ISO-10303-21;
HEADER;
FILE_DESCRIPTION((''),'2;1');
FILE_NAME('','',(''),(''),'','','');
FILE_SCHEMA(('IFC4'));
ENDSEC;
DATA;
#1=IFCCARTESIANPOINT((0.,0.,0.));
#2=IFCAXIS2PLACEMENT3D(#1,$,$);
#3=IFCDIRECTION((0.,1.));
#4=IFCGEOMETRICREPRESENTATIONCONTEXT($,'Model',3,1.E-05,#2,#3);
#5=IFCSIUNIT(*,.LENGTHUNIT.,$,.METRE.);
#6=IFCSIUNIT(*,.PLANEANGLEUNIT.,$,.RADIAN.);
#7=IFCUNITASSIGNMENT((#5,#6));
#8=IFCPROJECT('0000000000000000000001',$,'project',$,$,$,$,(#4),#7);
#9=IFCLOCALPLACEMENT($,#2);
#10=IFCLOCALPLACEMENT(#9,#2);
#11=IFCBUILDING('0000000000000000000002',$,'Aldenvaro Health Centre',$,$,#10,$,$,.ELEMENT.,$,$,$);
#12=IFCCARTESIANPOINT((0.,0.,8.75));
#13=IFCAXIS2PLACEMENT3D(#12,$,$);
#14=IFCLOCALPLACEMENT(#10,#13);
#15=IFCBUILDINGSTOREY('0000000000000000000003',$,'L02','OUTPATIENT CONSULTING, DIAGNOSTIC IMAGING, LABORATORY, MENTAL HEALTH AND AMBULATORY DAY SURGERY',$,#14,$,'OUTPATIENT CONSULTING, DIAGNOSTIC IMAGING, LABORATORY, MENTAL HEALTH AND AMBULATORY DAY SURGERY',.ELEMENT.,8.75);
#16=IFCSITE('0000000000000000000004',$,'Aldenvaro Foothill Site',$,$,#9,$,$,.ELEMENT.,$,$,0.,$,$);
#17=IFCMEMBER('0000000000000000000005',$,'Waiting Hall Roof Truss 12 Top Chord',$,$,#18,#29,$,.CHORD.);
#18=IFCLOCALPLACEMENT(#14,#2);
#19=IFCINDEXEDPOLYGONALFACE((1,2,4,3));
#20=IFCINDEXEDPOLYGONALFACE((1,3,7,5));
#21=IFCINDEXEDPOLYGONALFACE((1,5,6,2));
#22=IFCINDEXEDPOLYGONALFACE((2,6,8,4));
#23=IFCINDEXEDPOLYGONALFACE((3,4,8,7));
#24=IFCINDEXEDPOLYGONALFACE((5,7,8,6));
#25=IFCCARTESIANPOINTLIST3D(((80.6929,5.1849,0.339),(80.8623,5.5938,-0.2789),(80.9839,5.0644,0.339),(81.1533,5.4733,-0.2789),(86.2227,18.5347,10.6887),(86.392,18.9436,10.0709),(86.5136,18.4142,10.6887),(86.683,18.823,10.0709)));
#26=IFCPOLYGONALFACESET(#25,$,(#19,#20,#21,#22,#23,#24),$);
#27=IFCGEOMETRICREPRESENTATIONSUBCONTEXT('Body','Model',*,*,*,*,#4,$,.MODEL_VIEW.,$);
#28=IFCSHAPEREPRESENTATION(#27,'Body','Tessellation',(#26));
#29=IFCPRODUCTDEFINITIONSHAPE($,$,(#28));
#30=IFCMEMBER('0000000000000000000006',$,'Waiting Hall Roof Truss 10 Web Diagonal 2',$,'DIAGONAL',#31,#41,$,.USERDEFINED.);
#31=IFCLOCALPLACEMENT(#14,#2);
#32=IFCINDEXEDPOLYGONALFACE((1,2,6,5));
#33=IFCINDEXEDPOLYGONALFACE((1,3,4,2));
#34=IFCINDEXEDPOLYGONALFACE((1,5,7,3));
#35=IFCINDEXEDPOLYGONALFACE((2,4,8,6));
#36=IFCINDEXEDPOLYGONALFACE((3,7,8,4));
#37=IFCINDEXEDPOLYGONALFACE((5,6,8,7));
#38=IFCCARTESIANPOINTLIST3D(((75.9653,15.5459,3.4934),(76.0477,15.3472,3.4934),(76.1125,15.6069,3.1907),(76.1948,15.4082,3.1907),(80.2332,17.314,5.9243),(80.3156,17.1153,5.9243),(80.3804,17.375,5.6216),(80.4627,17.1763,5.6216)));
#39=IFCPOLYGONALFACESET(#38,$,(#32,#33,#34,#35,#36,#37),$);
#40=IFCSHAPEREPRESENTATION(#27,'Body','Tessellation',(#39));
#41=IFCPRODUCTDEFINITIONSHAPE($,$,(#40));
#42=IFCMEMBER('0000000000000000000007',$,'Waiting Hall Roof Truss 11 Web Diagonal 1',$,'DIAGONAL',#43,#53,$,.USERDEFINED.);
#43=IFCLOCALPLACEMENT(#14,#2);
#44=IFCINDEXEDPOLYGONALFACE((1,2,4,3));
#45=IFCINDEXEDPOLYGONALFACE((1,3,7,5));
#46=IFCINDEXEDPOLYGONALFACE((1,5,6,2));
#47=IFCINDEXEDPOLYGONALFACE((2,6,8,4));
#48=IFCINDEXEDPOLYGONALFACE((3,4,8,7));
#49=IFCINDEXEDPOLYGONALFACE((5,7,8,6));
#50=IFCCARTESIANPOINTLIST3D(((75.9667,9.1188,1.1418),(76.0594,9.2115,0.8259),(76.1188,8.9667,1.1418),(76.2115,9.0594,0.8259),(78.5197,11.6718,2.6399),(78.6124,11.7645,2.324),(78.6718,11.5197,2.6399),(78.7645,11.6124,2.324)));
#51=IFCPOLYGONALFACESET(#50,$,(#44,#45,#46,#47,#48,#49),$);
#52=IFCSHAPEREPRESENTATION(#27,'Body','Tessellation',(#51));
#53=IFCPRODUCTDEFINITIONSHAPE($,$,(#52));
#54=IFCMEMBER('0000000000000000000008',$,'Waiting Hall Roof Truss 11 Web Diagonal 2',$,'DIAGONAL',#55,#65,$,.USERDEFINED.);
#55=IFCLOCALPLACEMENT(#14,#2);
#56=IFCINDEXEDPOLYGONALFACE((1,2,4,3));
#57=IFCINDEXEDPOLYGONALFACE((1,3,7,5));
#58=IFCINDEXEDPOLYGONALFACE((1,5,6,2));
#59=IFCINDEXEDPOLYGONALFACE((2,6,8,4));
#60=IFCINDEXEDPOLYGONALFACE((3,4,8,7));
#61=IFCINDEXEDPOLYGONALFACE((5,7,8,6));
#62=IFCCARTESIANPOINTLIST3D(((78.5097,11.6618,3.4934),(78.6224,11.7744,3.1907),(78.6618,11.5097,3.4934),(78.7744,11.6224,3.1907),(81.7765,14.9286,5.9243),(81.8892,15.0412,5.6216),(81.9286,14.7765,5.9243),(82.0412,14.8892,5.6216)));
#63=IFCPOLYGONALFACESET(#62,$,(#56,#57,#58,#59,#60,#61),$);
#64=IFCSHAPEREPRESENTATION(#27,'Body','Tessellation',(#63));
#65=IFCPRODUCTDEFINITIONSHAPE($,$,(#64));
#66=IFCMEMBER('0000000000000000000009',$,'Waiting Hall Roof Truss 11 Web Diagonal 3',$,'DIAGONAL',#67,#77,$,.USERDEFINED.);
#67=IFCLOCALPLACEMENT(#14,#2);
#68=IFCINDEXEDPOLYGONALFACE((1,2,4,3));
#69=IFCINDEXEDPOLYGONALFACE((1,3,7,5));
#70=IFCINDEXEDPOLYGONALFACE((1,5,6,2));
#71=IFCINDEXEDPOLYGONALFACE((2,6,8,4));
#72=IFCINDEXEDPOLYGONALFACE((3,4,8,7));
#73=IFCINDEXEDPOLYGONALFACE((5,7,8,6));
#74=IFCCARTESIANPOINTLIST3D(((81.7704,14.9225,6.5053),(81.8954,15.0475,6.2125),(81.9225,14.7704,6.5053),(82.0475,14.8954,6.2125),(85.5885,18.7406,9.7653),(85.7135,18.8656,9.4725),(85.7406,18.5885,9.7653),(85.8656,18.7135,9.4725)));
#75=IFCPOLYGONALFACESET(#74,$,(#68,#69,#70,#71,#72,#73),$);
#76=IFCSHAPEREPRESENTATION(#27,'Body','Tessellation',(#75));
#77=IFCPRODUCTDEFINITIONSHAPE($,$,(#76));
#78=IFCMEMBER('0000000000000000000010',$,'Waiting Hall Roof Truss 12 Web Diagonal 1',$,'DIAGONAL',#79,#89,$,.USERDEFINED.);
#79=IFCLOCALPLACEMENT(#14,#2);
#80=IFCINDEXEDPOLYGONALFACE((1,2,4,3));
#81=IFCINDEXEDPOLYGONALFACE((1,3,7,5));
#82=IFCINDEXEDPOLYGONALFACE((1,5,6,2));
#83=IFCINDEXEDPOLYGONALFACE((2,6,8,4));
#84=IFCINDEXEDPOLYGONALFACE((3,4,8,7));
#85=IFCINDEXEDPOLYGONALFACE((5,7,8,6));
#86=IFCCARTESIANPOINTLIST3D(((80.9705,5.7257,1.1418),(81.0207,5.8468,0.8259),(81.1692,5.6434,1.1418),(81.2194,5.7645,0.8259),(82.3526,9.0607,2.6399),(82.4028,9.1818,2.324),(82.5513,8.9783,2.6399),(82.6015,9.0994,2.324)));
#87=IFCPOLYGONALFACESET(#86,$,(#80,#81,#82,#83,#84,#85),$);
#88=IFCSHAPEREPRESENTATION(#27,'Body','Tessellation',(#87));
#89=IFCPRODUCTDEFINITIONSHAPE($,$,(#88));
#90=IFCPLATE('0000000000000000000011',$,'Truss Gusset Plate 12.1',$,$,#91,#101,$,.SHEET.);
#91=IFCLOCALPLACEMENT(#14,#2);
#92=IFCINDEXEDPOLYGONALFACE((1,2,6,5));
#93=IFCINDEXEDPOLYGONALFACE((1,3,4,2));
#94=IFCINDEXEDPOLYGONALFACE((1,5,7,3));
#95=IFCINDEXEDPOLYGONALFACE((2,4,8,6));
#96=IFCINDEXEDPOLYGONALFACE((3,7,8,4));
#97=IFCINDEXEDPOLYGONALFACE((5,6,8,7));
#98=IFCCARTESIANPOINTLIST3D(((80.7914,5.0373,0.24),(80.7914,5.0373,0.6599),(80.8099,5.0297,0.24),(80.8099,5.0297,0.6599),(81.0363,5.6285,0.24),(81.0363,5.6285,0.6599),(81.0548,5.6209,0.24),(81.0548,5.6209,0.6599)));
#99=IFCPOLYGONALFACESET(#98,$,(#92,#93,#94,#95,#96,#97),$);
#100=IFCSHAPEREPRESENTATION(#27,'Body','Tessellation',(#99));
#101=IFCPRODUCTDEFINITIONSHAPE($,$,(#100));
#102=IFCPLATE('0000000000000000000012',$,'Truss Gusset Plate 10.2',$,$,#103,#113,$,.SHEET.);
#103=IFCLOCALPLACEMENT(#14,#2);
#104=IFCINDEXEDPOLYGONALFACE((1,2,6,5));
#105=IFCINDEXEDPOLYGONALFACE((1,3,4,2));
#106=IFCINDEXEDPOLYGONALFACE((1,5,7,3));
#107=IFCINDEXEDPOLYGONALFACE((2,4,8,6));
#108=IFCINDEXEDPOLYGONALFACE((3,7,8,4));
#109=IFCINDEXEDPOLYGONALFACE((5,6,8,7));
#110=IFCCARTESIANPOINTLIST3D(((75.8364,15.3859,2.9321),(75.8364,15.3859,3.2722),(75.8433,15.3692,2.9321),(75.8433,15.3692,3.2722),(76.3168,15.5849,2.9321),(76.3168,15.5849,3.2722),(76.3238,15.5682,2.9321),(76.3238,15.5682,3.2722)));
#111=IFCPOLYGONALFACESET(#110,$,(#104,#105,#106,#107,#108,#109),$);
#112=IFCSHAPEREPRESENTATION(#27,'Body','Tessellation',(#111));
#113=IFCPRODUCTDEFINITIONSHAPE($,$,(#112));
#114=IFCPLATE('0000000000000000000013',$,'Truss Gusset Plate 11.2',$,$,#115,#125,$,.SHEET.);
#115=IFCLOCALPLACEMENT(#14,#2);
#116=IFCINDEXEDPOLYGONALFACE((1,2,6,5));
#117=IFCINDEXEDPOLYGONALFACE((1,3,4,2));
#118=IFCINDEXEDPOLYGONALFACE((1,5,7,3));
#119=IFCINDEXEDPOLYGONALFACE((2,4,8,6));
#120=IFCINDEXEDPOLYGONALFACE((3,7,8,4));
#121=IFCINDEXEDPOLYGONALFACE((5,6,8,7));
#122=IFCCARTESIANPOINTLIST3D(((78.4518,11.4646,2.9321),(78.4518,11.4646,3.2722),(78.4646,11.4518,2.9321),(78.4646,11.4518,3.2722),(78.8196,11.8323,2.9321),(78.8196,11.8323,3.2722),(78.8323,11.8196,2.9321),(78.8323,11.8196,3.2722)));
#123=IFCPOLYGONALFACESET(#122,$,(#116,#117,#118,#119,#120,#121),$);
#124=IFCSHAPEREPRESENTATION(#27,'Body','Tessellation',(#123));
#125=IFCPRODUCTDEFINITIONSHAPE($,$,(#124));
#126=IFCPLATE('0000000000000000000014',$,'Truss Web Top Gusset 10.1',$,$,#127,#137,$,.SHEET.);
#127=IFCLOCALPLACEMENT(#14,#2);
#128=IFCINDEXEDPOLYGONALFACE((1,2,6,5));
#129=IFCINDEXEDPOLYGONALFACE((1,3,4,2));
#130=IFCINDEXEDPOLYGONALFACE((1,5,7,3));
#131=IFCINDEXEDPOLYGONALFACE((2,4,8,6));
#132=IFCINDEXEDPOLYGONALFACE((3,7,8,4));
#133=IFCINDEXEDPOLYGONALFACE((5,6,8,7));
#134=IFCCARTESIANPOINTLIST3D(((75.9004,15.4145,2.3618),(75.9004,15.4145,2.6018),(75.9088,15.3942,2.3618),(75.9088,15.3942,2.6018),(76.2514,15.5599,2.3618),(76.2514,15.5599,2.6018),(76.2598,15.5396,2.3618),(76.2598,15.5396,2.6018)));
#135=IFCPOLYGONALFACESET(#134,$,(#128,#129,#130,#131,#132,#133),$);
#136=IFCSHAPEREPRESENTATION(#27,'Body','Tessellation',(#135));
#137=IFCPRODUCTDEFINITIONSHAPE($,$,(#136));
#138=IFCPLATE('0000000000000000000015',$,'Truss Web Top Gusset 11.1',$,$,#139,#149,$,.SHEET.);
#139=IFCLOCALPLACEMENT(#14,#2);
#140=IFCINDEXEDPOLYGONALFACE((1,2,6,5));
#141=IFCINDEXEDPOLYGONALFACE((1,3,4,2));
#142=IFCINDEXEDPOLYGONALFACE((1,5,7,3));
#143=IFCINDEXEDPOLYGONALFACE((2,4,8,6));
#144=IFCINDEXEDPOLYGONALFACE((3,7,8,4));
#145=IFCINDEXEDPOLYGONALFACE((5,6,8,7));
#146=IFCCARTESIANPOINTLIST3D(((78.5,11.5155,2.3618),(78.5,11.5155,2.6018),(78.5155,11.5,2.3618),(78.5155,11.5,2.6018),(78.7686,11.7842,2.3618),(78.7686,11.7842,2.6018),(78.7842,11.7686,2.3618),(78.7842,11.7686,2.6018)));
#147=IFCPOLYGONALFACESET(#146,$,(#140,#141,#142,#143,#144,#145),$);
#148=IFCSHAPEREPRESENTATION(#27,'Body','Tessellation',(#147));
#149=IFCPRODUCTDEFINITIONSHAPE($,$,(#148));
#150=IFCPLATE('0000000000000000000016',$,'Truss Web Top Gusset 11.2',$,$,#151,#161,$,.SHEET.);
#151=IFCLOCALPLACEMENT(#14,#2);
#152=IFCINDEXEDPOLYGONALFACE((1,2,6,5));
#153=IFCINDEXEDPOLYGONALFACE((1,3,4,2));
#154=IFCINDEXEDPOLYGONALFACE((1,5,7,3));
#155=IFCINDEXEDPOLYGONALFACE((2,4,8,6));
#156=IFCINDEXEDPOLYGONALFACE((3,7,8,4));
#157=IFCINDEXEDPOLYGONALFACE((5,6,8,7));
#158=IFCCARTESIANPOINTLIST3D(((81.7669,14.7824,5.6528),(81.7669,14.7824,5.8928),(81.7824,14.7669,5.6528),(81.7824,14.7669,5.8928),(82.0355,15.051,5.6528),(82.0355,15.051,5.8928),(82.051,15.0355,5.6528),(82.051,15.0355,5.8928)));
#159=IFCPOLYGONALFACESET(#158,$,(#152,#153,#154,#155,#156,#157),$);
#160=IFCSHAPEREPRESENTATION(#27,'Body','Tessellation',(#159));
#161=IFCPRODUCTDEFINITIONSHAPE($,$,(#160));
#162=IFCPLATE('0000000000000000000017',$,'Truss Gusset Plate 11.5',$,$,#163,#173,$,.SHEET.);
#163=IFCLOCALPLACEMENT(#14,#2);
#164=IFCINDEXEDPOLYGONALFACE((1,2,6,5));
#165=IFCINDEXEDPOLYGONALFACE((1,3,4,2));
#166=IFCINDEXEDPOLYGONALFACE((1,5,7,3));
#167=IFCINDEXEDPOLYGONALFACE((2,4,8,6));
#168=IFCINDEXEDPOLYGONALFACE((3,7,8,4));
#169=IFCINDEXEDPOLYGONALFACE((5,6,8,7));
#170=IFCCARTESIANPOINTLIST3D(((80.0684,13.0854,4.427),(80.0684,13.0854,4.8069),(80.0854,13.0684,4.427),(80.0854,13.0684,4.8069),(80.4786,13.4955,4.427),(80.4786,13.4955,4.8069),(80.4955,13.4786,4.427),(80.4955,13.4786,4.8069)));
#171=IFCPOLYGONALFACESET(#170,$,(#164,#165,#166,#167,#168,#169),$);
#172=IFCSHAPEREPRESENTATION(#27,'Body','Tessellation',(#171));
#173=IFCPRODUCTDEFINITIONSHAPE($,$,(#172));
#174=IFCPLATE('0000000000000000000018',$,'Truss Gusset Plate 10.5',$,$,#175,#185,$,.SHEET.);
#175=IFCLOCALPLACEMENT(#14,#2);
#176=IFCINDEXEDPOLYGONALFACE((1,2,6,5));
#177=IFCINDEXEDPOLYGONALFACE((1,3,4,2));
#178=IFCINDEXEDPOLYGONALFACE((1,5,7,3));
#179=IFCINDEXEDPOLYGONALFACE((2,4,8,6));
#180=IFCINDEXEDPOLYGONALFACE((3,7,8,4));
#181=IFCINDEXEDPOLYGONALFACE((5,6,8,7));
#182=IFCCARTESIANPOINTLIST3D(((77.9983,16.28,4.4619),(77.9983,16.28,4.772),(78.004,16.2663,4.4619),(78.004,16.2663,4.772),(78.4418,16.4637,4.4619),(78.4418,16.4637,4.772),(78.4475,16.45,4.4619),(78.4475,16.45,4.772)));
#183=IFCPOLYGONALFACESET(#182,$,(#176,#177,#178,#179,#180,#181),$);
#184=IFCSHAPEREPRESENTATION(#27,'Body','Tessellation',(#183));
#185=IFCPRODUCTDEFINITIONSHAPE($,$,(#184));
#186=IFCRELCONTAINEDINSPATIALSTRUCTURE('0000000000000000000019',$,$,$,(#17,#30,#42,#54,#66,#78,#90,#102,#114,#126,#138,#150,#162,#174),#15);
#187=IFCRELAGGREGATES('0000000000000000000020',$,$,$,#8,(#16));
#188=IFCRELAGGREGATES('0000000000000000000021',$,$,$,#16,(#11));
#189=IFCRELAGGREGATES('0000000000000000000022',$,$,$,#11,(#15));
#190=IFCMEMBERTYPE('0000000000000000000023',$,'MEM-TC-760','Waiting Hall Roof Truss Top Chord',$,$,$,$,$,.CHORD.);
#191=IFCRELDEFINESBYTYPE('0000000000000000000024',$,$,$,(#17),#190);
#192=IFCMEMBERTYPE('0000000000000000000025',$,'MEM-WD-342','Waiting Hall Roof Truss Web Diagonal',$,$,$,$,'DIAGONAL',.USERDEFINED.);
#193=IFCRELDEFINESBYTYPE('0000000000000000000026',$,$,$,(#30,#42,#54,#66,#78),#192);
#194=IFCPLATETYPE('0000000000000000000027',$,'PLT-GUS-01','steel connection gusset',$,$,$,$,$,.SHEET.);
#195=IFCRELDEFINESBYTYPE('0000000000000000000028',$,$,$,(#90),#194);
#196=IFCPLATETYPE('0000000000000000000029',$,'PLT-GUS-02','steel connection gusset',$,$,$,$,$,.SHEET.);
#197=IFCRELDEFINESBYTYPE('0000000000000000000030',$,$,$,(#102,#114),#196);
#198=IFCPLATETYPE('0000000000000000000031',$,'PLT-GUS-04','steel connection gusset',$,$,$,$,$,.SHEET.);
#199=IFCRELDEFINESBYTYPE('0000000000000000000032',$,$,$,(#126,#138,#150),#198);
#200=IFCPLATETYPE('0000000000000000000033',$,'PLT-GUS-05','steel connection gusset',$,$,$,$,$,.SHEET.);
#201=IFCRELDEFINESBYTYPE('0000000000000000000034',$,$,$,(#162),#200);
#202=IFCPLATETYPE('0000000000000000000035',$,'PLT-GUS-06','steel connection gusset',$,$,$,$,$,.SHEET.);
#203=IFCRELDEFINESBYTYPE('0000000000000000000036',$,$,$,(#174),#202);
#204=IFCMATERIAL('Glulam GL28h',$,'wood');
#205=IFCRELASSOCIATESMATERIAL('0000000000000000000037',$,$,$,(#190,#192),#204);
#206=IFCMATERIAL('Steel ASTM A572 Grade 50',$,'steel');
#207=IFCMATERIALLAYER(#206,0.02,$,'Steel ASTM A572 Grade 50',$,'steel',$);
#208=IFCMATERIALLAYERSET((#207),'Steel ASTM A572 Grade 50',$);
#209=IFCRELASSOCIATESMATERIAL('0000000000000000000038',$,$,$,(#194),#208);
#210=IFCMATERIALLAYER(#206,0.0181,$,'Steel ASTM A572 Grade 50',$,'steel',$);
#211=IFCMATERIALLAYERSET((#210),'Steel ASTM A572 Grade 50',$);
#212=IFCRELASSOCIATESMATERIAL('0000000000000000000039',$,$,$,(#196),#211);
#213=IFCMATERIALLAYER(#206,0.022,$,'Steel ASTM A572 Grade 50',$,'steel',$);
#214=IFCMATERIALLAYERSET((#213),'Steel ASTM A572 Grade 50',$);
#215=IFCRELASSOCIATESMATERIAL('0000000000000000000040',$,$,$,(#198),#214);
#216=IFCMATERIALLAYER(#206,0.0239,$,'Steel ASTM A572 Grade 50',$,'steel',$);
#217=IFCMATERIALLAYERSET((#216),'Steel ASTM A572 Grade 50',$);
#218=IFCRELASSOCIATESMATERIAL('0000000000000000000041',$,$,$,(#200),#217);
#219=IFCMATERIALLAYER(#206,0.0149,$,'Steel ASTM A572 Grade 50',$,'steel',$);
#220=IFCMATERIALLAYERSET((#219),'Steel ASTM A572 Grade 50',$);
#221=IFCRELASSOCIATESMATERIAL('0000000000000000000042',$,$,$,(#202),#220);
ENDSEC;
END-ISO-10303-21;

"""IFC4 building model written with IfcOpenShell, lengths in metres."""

from ifc_helpers import new_model, si_unit, direction, frame, origin, origin_2d, place, context, subcontext, project, spatial, rectangle, extrude, material, layer, layer_set, material_profile, profile_set, type_object, element, save


model = new_model("IFC4")

# Units and contexts
model_context = context("Model", 3, precision=1e-05, world=origin(), true_north=direction((0.0, 1.0)))
body_context = subcontext(model_context, "Body", "Model", "MODEL_VIEW")
ifc_project = project(units=[si_unit("LENGTHUNIT", "METRE"), si_unit("PLANEANGLEUNIT", "RADIAN")], contexts=[model_context])

# Site, building, storey
site_placement = place(None, origin())
site = spatial("IfcSite", under=ifc_project, at=site_placement, Name="Aldenvaro Foothill Site", CompositionType="ELEMENT", RefElevation=0.0)
building_placement = place(site_placement, origin())
building = spatial("IfcBuilding", under=site, at=building_placement, Name="Aldenvaro Health Centre", CompositionType="ELEMENT")
storey_placement = place(building_placement, frame((0.0, 0.0, 8.75)))
storey = spatial("IfcBuildingStorey", under=building, at=storey_placement, Name="L02", Description="OUTPATIENT CONSULTING, DIAGNOSTIC IMAGING, LABORATORY, MENTAL HEALTH AND AMBULATORY DAY SURGERY", LongName="OUTPATIENT CONSULTING, DIAGNOSTIC IMAGING, LABORATORY, MENTAL HEALTH AND AMBULATORY DAY SURGERY", CompositionType="ELEMENT", Elevation=8.75)

# Shared definitions
ifc_material_1 = material(Name="Glulam GL28h", Category="wood")

# Members
ifc_material_profile_1 = material_profile(ifc_material_1, rectangle(XDim=0.3149, YDim=0.76, at=origin_2d()), Name="GL 315x760", Category="wood")
ifc_profile_set_1 = profile_set([ifc_material_profile_1], Name="Glulam GL28h")
member_type_1 = type_object("IfcMemberType", Name="MEM-TC-760", Description="Waiting Hall Roof Truss Top Chord", PredefinedType="CHORD", material=ifc_profile_set_1)
member_1_placement = place(storey_placement, frame((80.9231, 5.3291, 0.03), z_axis=(0.311116, 0.751087, 0.582302), x_axis=(-0.923877, 0.382689, 0.0)))
element("IfcMember", 1, at=member_1_placement, inside=storey, type_object=member_type_1, Name="Waiting Hall Roof Truss 12 Top Chord", PredefinedType="CHORD", context=body_context, shape_type="SweptSolid", body=[
    extrude(rectangle(XDim=0.3149, YDim=0.76, at=origin_2d()), origin(), (0.0, 0.0, 1.0), 17.7739),
])
ifc_material_profile_2 = material_profile(ifc_material_1, rectangle(XDim=0.2151, YDim=0.342, at=origin_2d()), Name="GL 215x342", Category="wood")
ifc_profile_set_2 = profile_set([ifc_material_profile_2], Name="Glulam GL28h")
member_type_2 = type_object("IfcMemberType", Name="MEM-WD-342", Description="Waiting Hall Roof Truss Web Diagonal", ElementType="DIAGONAL", PredefinedType="USERDEFINED", material=ifc_profile_set_2)
member_2_placement = place(storey_placement, frame((76.0801, 15.4771, 3.342), z_axis=(0.817571, 0.338702, 0.46568), x_axis=(-0.382735, 0.923858, 0.0)))
element("IfcMember", 2, at=member_2_placement, inside=storey, type_object=member_type_2, Name="Waiting Hall Roof Truss 10 Web Diagonal 2", ObjectType="DIAGONAL", PredefinedType="USERDEFINED", context=body_context, shape_type="SweptSolid", body=[
    extrude(rectangle(XDim=0.2151, YDim=0.342, at=origin_2d()), origin(), (0.0, 0.0, 1.0), 5.2202),
])
member_3_placement = place(storey_placement, frame((76.0891, 9.0891, 0.9839), z_axis=(0.653118, 0.653118, 0.383239), x_axis=(-0.707107, 0.707107, 0.0)))
element("IfcMember", 3, at=member_3_placement, inside=storey, type_object=member_type_2, Name="Waiting Hall Roof Truss 11 Web Diagonal 1", ObjectType="DIAGONAL", PredefinedType="USERDEFINED", context=body_context, shape_type="SweptSolid", body=[
    extrude(rectangle(XDim=0.2151, YDim=0.342, at=origin_2d()), origin(), (0.0, 0.0, 1.0), 3.9089),
])
member_4_placement = place(storey_placement, frame((78.6421, 11.6421, 3.342), z_axis=(0.62577, 0.62577, 0.465644), x_axis=(-0.707107, 0.707107, 0.0)))
element("IfcMember", 4, at=member_4_placement, inside=storey, type_object=member_type_2, Name="Waiting Hall Roof Truss 11 Web Diagonal 2", ObjectType="DIAGONAL", PredefinedType="USERDEFINED", context=body_context, shape_type="SweptSolid", body=[
    extrude(rectangle(XDim=0.2151, YDim=0.342, at=origin_2d()), origin(), (0.0, 0.0, 1.0), 5.2205),
])
member_5_placement = place(storey_placement, frame((81.9089, 14.9089, 6.3589), z_axis=(0.605336, 0.605336, 0.516852), x_axis=(-0.707107, 0.707107, 0.0)))
element("IfcMember", 5, at=member_5_placement, inside=storey, type_object=member_type_2, Name="Waiting Hall Roof Truss 11 Web Diagonal 3", ObjectType="DIAGONAL", PredefinedType="USERDEFINED", context=body_context, shape_type="SweptSolid", body=[
    extrude(rectangle(XDim=0.2151, YDim=0.342, at=origin_2d()), origin(), (0.0, 0.0, 1.0), 6.3074),
])
member_6_placement = place(storey_placement, frame((81.095, 5.7451, 0.9839), z_axis=(0.35361, 0.853262, 0.383281), x_axis=(-0.923812, 0.382848, 0.0)))
element("IfcMember", 6, at=member_6_placement, inside=storey, type_object=member_type_2, Name="Waiting Hall Roof Truss 12 Web Diagonal 1", ObjectType="DIAGONAL", PredefinedType="USERDEFINED", context=body_context, shape_type="SweptSolid", body=[
    extrude(rectangle(XDim=0.2151, YDim=0.342, at=origin_2d()), origin(), (0.0, 0.0, 1.0), 3.9084),
])

# Plates
ifc_material_2 = material(Name="Steel ASTM A572 Grade 50", Category="steel")
ifc_layer_1 = layer(ifc_material_2, 0.02, Name="Steel ASTM A572 Grade 50", Category="steel")
ifc_layer_set_1 = layer_set([ifc_layer_1], Name="Steel ASTM A572 Grade 50")
plate_type_1 = type_object("IfcPlateType", Name="PLT-GUS-01", Description="steel connection gusset", PredefinedType="SHEET", material=ifc_layer_set_1)
plate_1_placement = place(storey_placement, frame((80.9231, 5.3291, 0.24), z_axis=(0.0, 0.0, 1.0), x_axis=(-0.382683, -0.92388, 0.0)))
element("IfcPlate", 7, at=plate_1_placement, inside=storey, type_object=plate_type_1, Name="Truss Gusset Plate 12.1", PredefinedType="SHEET", context=body_context, shape_type="SweptSolid", body=[
    extrude(rectangle(XDim=0.6399, YDim=0.02, at=origin_2d()), origin(), (0.0, 0.0, 1.0), 0.4199),
])
ifc_layer_2 = layer(ifc_material_2, 0.0181, Name="Steel ASTM A572 Grade 50", Category="steel")
ifc_layer_set_2 = layer_set([ifc_layer_2], Name="Steel ASTM A572 Grade 50")
plate_type_2 = type_object("IfcPlateType", Name="PLT-GUS-02", Description="steel connection gusset", PredefinedType="SHEET", material=ifc_layer_set_2)
for number, where, z_axis, x_axis, name in (
    (8, (76.0801, 15.4771, 2.9321), (0.0, 0.0, 1.0), (-0.92388, -0.382683, 0.0), "Truss Gusset Plate 10.2"),
    (9, (78.6421, 11.6421, 2.9321), (0.0, 0.0, 1.0), (-0.707107, -0.707107, 0.0), "Truss Gusset Plate 11.2"),
):
    element("IfcPlate", number, at=place(storey_placement, frame(where, z_axis=z_axis, x_axis=x_axis)), inside=storey, type_object=plate_type_2, Name=name, PredefinedType="SHEET", context=body_context, shape_type="SweptSolid", body=[
        extrude(rectangle(XDim=0.52, YDim=0.0181, at=origin_2d()), origin(), (0.0, 0.0, 1.0), 0.3401),
    ])
ifc_layer_3 = layer(ifc_material_2, 0.022, Name="Steel ASTM A572 Grade 50", Category="steel")
ifc_layer_set_3 = layer_set([ifc_layer_3], Name="Steel ASTM A572 Grade 50")
plate_type_3 = type_object("IfcPlateType", Name="PLT-GUS-04", Description="steel connection gusset", PredefinedType="SHEET", material=ifc_layer_set_3)
for number, where, z_axis, x_axis, name in (
    (10, (76.0801, 15.4771, 2.3618), (0.0, 0.0, 1.0), (-0.92388, -0.382683, 0.0), "Truss Web Top Gusset 10.1"),
    (11, (78.6421, 11.6421, 2.3618), (0.0, 0.0, 1.0), (-0.707107, -0.707107, 0.0), "Truss Web Top Gusset 11.1"),
    (12, (81.9089, 14.9089, 5.6528), (0.0, 0.0, 1.0), (-0.707107, -0.707107, 0.0), "Truss Web Top Gusset 11.2"),
):
    element("IfcPlate", number, at=place(storey_placement, frame(where, z_axis=z_axis, x_axis=x_axis)), inside=storey, type_object=plate_type_3, Name=name, PredefinedType="SHEET", context=body_context, shape_type="SweptSolid", body=[
        extrude(rectangle(XDim=0.3799, YDim=0.022, at=origin_2d()), origin(), (0.0, 0.0, 1.0), 0.24),
    ])
ifc_layer_4 = layer(ifc_material_2, 0.0239, Name="Steel ASTM A572 Grade 50", Category="steel")
ifc_layer_set_4 = layer_set([ifc_layer_4], Name="Steel ASTM A572 Grade 50")
plate_type_4 = type_object("IfcPlateType", Name="PLT-GUS-05", Description="steel connection gusset", PredefinedType="SHEET", material=ifc_layer_set_4)
plate_2_placement = place(storey_placement, frame((80.282, 13.282, 4.427), z_axis=(0.0, 0.0, 1.0), x_axis=(-0.707107, -0.707107, 0.0)))
element("IfcPlate", 13, at=plate_2_placement, inside=storey, type_object=plate_type_4, Name="Truss Gusset Plate 11.5", PredefinedType="SHEET", context=body_context, shape_type="SweptSolid", body=[
    extrude(rectangle(XDim=0.5801, YDim=0.0239, at=origin_2d()), origin(), (0.0, 0.0, 1.0), 0.3799),
])
ifc_layer_5 = layer(ifc_material_2, 0.0149, Name="Steel ASTM A572 Grade 50", Category="steel")
ifc_layer_set_5 = layer_set([ifc_layer_5], Name="Steel ASTM A572 Grade 50")
plate_type_5 = type_object("IfcPlateType", Name="PLT-GUS-06", Description="steel connection gusset", PredefinedType="SHEET", material=ifc_layer_set_5)
plate_3_placement = place(storey_placement, frame((78.2229, 16.365, 4.4619), z_axis=(0.0, 0.0, 1.0), x_axis=(-0.92388, -0.382683, 0.0)))
element("IfcPlate", 14, at=plate_3_placement, inside=storey, type_object=plate_type_5, Name="Truss Gusset Plate 10.5", PredefinedType="SHEET", context=body_context, shape_type="SweptSolid", body=[
    extrude(rectangle(XDim=0.48, YDim=0.0149, at=origin_2d()), origin(), (0.0, 0.0, 1.0), 0.3101),
])

save(model, "model.ifc")
